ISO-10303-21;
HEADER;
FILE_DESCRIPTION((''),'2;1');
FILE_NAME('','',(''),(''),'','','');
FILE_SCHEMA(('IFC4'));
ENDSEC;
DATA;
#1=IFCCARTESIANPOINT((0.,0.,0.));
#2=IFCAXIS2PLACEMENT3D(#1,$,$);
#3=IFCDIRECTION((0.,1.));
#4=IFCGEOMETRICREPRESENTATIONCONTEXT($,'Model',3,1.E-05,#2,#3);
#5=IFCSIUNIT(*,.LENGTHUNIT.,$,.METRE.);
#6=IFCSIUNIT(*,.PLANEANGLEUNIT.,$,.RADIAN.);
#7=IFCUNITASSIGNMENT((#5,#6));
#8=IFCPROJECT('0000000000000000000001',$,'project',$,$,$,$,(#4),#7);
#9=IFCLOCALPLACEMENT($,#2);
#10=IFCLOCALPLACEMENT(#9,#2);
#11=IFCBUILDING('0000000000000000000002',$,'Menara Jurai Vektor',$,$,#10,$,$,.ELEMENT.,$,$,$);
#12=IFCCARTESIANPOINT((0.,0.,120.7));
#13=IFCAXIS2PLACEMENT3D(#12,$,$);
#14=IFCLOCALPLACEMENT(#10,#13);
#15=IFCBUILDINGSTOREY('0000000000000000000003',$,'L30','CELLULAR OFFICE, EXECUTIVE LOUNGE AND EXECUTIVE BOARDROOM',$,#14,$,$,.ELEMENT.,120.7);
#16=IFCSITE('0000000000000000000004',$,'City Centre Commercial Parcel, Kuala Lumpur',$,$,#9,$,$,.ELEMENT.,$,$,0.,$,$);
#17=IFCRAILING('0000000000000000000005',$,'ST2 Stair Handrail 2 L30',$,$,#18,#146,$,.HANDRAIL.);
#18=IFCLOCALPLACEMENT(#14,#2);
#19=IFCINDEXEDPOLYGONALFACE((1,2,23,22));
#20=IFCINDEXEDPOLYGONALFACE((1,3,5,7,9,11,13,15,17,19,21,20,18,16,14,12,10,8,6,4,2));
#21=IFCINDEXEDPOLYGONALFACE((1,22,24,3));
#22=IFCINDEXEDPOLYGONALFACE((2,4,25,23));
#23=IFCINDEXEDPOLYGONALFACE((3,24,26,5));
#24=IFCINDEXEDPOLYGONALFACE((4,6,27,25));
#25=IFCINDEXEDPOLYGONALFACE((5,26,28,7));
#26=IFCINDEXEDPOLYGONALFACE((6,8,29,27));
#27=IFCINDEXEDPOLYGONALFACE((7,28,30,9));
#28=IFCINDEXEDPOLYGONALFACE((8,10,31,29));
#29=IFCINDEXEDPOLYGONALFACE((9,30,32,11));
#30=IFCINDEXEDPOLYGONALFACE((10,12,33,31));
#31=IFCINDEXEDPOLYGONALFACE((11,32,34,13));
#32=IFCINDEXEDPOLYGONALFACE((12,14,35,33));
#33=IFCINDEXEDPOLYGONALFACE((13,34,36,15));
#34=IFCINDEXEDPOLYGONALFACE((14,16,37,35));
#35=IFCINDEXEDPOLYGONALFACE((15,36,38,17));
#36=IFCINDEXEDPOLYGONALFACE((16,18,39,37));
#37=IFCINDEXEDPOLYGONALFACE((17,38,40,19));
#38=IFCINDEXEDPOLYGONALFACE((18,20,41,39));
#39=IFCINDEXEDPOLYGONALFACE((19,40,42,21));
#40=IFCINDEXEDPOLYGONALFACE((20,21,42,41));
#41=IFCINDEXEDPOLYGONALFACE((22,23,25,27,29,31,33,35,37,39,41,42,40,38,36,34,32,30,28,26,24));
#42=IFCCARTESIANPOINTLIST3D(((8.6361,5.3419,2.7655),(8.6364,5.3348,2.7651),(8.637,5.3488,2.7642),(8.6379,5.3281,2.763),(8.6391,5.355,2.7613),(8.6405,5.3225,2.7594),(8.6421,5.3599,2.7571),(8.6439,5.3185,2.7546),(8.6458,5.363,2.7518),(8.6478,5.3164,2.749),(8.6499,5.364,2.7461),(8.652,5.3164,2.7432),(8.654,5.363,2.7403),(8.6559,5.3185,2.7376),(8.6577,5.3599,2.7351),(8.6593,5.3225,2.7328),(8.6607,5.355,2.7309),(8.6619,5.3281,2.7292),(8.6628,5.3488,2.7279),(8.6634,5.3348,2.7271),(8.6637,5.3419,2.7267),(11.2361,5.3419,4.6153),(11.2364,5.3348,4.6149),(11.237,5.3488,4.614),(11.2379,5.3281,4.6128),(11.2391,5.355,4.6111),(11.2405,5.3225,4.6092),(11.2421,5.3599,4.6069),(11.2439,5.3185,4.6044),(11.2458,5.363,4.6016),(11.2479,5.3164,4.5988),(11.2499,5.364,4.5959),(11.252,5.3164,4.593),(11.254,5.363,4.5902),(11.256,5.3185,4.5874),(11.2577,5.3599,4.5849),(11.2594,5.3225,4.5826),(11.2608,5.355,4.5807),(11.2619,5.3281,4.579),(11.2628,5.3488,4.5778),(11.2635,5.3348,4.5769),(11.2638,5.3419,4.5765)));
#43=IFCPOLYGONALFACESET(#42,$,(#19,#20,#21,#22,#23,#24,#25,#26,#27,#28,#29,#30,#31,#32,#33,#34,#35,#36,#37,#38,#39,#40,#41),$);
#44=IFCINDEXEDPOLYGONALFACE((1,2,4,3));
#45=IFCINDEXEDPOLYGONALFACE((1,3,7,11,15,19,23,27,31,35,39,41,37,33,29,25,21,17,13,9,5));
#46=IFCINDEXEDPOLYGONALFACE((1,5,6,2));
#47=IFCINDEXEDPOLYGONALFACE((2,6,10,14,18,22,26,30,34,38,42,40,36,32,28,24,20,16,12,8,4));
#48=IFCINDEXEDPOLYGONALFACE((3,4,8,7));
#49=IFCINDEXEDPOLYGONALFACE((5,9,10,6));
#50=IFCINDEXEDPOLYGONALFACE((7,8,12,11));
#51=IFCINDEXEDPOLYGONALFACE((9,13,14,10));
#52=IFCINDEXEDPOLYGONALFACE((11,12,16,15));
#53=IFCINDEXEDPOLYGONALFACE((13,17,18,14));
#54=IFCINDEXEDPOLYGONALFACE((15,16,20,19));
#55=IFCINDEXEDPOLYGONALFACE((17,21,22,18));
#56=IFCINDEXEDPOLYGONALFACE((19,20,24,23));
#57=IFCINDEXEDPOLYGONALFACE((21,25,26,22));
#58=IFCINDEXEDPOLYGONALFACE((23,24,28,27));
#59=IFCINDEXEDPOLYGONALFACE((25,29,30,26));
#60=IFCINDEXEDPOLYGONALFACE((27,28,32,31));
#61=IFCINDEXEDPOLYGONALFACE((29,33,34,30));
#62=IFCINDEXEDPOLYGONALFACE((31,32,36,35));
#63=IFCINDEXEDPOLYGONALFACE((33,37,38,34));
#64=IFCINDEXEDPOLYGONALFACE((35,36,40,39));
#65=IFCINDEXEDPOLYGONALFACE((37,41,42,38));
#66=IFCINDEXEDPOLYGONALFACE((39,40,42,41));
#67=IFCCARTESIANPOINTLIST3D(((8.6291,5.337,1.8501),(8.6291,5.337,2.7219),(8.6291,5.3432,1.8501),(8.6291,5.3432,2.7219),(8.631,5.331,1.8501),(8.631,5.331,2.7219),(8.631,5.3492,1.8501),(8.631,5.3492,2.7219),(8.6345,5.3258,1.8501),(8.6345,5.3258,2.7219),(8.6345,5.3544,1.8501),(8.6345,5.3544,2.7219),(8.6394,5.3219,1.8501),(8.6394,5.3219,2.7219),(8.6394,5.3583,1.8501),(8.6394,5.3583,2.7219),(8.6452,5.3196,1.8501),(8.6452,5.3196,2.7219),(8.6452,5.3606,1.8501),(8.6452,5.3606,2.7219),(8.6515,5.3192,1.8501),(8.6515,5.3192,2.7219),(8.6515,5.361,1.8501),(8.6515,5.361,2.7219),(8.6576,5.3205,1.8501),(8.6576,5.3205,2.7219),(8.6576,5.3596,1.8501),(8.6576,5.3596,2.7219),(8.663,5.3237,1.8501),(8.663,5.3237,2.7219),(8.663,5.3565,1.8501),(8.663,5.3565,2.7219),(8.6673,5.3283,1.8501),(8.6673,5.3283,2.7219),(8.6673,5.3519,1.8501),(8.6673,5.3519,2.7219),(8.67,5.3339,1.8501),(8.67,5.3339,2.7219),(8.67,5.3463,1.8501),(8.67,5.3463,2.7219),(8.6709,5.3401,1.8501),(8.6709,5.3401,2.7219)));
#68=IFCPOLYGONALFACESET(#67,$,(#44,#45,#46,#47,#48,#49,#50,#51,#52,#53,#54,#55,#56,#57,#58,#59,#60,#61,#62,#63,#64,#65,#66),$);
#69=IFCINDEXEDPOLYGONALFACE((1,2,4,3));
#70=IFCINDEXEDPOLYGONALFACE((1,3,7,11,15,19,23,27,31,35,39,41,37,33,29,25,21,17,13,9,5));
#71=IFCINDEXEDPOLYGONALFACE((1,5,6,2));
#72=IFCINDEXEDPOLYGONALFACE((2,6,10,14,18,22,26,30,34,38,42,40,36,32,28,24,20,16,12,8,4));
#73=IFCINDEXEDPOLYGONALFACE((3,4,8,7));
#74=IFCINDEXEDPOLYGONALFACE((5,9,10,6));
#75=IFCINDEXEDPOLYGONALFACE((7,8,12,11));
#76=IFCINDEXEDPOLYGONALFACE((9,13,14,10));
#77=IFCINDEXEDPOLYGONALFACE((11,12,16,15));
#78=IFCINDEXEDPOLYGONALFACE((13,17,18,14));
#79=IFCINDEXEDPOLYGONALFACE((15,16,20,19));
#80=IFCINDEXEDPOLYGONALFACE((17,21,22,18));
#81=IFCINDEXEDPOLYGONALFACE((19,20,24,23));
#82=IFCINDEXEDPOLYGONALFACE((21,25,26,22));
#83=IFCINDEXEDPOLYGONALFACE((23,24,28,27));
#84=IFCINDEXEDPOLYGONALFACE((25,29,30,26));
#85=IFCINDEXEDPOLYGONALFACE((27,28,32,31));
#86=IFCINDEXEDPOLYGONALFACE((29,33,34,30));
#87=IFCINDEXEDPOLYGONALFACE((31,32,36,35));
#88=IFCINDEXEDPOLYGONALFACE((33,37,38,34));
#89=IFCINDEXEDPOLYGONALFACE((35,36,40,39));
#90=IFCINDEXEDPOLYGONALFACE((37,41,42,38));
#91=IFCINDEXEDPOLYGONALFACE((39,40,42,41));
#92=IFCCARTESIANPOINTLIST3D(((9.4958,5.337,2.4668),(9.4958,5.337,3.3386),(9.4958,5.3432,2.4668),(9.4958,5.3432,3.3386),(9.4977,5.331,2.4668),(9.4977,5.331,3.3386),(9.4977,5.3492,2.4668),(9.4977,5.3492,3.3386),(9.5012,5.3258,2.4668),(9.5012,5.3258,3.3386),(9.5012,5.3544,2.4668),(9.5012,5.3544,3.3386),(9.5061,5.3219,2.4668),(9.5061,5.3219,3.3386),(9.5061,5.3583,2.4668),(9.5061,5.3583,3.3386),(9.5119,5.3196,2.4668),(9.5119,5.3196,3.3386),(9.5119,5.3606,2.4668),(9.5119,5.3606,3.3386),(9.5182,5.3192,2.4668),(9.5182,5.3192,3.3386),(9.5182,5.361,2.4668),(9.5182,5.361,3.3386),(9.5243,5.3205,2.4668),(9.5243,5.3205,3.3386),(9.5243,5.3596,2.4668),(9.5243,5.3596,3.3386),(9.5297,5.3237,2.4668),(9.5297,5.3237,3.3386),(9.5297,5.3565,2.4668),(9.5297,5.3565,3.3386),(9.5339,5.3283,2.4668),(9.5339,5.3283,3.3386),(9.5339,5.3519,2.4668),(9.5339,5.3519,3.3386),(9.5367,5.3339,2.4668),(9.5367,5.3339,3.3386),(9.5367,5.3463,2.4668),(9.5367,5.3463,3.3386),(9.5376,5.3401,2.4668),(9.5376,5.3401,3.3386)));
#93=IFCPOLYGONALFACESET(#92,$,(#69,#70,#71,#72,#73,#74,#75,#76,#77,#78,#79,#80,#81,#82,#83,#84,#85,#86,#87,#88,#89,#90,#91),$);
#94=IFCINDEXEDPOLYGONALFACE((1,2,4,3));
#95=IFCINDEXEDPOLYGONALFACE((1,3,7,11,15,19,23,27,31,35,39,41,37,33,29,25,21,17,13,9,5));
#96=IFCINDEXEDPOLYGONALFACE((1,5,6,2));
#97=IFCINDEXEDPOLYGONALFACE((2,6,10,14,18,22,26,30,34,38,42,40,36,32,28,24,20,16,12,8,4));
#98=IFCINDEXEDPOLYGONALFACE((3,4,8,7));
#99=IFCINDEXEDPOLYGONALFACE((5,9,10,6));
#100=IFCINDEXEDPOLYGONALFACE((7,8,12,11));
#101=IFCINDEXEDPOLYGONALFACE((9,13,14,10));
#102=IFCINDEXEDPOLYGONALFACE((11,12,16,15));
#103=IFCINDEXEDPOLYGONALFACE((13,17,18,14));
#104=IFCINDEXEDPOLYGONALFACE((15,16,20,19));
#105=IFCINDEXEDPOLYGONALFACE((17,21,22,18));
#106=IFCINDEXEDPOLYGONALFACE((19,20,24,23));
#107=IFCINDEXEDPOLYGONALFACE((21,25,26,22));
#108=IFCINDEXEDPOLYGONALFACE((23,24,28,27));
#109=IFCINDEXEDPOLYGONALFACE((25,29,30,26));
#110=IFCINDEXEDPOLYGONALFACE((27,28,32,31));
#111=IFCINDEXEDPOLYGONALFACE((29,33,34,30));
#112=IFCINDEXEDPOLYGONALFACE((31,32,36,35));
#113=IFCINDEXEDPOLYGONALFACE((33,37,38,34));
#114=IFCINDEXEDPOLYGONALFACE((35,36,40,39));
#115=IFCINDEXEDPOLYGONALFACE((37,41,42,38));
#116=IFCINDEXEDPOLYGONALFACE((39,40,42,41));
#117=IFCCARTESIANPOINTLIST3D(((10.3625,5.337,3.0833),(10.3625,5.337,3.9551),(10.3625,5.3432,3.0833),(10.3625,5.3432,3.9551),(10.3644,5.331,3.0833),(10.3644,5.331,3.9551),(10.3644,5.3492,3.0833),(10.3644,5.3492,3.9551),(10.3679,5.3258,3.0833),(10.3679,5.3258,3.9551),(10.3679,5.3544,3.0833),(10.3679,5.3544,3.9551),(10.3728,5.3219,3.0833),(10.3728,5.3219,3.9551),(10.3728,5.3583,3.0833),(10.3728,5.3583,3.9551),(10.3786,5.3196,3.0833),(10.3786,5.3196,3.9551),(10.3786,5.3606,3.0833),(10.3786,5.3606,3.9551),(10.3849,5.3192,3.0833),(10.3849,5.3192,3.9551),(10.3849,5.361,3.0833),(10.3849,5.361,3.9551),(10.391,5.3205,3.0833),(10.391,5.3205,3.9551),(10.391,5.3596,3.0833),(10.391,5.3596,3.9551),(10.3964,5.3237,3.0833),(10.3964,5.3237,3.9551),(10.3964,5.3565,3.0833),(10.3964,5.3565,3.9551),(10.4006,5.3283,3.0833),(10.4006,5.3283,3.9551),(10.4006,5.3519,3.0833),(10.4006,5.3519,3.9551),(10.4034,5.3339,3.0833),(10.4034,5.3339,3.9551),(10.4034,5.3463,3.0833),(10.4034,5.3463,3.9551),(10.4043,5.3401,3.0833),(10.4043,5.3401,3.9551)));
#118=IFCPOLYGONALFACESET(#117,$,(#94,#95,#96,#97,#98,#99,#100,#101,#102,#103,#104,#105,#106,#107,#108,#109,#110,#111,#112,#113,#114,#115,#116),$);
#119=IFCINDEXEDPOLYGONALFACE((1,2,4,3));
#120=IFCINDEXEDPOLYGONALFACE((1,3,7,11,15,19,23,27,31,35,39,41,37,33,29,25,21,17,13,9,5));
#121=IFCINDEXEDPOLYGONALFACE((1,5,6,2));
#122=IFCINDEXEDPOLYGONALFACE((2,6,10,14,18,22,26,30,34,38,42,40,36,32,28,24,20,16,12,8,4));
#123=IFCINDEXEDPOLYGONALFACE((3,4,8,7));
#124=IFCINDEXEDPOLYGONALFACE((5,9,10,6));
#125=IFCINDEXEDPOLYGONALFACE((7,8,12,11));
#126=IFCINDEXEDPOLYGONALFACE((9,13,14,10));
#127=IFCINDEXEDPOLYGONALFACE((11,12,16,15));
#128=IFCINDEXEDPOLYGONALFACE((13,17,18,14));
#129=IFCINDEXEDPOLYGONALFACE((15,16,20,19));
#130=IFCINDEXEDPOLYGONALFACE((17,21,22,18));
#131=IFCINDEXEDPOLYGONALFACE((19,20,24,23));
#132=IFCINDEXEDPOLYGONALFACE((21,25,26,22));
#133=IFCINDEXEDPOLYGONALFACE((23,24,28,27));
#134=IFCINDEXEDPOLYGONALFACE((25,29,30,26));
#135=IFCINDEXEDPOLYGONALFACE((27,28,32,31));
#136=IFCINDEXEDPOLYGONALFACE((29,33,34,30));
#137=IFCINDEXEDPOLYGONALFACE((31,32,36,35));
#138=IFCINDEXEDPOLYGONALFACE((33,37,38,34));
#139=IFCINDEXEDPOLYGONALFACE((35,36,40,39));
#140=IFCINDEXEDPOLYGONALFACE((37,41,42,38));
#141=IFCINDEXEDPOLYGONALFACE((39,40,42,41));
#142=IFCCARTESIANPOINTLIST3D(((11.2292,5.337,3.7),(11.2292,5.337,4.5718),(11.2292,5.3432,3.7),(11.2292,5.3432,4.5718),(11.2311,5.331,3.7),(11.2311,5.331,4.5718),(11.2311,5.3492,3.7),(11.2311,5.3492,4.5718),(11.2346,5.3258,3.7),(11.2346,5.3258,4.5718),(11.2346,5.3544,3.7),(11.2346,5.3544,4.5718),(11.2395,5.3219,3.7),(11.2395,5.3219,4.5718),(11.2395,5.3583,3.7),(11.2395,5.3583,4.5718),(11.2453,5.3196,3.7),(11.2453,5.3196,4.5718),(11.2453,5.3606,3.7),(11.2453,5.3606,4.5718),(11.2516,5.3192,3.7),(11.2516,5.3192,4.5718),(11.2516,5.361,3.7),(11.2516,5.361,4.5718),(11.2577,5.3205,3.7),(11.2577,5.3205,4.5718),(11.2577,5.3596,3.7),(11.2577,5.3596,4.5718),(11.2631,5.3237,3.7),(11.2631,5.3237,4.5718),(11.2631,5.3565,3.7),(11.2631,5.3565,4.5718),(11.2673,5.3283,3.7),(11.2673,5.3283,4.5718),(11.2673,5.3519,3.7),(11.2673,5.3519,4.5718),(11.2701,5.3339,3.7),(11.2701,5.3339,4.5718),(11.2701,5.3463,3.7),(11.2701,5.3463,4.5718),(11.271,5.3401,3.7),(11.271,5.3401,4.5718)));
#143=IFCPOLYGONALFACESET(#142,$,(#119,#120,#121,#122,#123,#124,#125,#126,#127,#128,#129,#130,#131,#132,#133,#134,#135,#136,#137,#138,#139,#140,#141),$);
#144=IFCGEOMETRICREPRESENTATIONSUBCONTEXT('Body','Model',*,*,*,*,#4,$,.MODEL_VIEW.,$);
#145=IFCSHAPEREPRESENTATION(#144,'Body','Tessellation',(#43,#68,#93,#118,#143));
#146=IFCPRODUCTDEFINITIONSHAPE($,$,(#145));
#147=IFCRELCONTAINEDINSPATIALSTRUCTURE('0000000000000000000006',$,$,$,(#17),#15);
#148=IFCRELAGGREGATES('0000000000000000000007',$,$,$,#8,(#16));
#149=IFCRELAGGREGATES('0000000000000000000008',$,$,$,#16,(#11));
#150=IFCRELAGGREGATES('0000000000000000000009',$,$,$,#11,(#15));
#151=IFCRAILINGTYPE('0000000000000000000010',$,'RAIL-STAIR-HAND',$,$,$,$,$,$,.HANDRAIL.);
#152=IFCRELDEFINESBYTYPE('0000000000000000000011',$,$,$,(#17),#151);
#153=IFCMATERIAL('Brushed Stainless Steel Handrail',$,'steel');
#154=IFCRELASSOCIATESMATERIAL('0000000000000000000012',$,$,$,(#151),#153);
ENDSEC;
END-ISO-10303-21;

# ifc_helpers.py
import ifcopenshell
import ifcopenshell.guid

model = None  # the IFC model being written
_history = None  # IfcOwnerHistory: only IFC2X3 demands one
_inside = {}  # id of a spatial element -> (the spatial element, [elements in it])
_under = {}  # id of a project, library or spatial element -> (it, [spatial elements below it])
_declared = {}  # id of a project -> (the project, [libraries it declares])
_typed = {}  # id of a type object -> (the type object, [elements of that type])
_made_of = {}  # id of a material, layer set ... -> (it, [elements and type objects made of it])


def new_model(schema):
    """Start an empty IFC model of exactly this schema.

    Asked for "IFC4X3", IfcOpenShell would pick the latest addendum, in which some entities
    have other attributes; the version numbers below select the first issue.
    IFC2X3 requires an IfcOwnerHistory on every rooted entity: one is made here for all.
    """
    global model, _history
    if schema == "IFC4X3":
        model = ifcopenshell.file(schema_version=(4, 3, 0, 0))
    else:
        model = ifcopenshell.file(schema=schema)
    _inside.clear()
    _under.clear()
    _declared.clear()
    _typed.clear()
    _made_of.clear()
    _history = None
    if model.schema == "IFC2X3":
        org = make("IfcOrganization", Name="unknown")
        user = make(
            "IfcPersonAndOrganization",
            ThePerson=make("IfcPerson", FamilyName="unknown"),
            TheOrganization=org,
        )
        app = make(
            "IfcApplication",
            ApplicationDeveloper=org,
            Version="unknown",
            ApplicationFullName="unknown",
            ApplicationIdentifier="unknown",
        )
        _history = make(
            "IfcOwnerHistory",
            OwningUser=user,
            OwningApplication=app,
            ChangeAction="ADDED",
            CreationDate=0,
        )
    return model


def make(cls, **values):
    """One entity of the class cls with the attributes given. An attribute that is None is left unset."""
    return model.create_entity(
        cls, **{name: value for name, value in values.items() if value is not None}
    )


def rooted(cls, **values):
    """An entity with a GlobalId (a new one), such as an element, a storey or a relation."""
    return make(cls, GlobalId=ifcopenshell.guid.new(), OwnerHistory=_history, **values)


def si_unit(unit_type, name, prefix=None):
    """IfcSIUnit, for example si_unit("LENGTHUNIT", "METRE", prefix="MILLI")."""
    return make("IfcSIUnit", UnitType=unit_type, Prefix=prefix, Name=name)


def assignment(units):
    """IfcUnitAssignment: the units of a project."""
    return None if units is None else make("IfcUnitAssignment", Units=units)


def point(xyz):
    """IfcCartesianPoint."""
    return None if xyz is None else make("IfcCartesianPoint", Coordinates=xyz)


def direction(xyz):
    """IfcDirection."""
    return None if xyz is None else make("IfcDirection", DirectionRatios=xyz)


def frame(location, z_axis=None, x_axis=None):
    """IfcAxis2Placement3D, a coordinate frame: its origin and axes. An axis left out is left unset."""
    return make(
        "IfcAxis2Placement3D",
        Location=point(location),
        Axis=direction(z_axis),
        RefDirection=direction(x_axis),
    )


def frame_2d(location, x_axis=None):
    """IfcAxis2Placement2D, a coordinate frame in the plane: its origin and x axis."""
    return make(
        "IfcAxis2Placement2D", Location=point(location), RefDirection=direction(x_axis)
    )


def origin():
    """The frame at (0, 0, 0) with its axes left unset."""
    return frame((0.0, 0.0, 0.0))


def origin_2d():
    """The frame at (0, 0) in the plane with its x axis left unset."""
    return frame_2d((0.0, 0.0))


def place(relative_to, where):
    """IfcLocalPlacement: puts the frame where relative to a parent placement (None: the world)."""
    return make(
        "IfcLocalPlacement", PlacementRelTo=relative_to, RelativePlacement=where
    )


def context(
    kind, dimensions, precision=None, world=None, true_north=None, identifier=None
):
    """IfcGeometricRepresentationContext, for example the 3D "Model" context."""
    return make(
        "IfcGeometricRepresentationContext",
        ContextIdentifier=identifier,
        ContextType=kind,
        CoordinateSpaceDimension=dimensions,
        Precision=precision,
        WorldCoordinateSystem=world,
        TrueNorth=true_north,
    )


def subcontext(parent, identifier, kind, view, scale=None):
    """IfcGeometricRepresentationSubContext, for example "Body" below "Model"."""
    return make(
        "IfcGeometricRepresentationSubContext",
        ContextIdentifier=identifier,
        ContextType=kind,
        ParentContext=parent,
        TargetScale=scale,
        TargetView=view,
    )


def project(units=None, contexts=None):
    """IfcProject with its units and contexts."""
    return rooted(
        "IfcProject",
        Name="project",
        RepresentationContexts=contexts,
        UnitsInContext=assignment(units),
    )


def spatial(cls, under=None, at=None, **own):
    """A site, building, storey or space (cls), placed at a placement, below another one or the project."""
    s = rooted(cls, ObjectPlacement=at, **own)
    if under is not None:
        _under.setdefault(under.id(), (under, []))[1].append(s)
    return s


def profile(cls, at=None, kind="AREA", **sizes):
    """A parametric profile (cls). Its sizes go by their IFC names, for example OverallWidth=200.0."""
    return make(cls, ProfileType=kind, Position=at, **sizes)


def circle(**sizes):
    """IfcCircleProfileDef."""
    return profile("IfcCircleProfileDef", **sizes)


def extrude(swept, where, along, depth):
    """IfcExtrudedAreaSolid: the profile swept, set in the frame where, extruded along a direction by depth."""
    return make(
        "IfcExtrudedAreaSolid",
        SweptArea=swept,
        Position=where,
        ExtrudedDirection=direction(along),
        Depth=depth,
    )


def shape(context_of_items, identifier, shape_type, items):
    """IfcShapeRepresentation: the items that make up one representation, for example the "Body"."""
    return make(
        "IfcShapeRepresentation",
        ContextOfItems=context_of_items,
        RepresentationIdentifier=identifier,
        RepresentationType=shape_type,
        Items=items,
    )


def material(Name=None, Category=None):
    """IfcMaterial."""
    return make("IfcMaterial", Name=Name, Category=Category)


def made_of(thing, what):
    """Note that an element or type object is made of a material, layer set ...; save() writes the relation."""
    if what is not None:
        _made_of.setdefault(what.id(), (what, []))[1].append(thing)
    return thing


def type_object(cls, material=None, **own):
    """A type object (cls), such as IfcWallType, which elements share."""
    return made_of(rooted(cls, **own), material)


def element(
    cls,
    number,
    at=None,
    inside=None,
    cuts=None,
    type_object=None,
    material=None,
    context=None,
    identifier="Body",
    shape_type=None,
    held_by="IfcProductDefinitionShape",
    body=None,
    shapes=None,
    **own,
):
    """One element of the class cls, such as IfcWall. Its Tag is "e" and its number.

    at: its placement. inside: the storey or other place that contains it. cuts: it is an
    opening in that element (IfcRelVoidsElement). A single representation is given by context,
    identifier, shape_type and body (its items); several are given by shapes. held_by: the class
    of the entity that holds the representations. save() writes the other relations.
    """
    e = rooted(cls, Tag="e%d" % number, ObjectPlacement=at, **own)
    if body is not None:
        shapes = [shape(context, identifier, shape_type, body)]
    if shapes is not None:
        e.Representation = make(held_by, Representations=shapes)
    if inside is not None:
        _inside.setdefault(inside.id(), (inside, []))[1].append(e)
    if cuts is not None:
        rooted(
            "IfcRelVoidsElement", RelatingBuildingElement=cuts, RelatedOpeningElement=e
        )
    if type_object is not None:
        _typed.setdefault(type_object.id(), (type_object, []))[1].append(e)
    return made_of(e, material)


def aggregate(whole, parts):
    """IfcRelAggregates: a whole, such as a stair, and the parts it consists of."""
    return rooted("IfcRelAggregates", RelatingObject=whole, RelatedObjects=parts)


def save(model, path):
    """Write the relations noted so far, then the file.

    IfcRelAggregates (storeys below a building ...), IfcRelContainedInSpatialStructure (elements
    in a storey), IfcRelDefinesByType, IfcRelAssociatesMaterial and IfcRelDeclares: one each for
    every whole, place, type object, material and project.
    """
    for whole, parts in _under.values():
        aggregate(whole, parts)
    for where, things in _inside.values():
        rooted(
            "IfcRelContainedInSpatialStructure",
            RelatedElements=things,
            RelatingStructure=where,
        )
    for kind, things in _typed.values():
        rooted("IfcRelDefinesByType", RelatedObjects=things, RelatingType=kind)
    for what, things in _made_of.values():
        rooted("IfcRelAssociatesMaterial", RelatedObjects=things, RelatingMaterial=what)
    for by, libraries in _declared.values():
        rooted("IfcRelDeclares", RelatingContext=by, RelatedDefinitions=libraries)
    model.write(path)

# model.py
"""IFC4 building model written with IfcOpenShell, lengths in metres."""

from ifc_helpers import new_model, si_unit, direction, frame, origin, origin_2d, place, context, subcontext, project, spatial, circle, extrude, material, type_object, element, save


model = new_model("IFC4")

# Units and contexts
model_context = context("Model", 3, precision=1e-05, world=origin(), true_north=direction((0.0, 1.0)))
body_context = subcontext(model_context, "Body", "Model", "MODEL_VIEW")
ifc_project = project(units=[si_unit("LENGTHUNIT", "METRE"), si_unit("PLANEANGLEUNIT", "RADIAN")], contexts=[model_context])

# Site, building, storey
site_placement = place(None, origin())
site = spatial("IfcSite", under=ifc_project, at=site_placement, Name="City Centre Commercial Parcel, Kuala Lumpur", CompositionType="ELEMENT", RefElevation=0.0)
building_placement = place(site_placement, origin())
building = spatial("IfcBuilding", under=site, at=building_placement, Name="Menara Jurai Vektor", CompositionType="ELEMENT")
storey_placement = place(building_placement, frame((0.0, 0.0, 120.7)))
storey = spatial("IfcBuildingStorey", under=building, at=storey_placement, Name="L30", Description="CELLULAR OFFICE, EXECUTIVE LOUNGE AND EXECUTIVE BOARDROOM", CompositionType="ELEMENT", Elevation=120.7)

# Railing
ifc_material_1 = material(Name="Brushed Stainless Steel Handrail", Category="steel")
railing_type_1 = type_object("IfcRailingType", Name="RAIL-STAIR-HAND", PredefinedType="HANDRAIL", material=ifc_material_1)
railing_1_placement = place(storey_placement, frame((8.6499, 5.3401, 1.8501)))
element("IfcRailing", 1, at=railing_1_placement, inside=storey, type_object=railing_type_1, Name="ST2 Stair Handrail 2 L30", PredefinedType="HANDRAIL", context=body_context, shape_type="SweptSolid", body=[
    extrude(circle(Radius=0.0239, at=origin_2d()), frame((0.0, 0.0, 0.896), z_axis=(0.814823, 0.0, 0.57971), x_axis=(0.0, 1.0, 0.0)), (0.0, 0.0, 1.0), 3.1909),
    extrude(circle(Radius=0.021, at=origin_2d()), origin(), (0.0, 0.0, 1.0), 0.8718),
    extrude(circle(Radius=0.021, at=origin_2d()), frame((0.8667, 0.0, 0.6167)), (0.0, 0.0, 1.0), 0.8718),
    extrude(circle(Radius=0.021, at=origin_2d()), frame((1.7334, 0.0, 1.2332)), (0.0, 0.0, 1.0), 0.8718),
    extrude(circle(Radius=0.021, at=origin_2d()), frame((2.6001, 0.0, 1.8499)), (0.0, 0.0, 1.0), 0.8718),
])

save(model, "model.ifc")
